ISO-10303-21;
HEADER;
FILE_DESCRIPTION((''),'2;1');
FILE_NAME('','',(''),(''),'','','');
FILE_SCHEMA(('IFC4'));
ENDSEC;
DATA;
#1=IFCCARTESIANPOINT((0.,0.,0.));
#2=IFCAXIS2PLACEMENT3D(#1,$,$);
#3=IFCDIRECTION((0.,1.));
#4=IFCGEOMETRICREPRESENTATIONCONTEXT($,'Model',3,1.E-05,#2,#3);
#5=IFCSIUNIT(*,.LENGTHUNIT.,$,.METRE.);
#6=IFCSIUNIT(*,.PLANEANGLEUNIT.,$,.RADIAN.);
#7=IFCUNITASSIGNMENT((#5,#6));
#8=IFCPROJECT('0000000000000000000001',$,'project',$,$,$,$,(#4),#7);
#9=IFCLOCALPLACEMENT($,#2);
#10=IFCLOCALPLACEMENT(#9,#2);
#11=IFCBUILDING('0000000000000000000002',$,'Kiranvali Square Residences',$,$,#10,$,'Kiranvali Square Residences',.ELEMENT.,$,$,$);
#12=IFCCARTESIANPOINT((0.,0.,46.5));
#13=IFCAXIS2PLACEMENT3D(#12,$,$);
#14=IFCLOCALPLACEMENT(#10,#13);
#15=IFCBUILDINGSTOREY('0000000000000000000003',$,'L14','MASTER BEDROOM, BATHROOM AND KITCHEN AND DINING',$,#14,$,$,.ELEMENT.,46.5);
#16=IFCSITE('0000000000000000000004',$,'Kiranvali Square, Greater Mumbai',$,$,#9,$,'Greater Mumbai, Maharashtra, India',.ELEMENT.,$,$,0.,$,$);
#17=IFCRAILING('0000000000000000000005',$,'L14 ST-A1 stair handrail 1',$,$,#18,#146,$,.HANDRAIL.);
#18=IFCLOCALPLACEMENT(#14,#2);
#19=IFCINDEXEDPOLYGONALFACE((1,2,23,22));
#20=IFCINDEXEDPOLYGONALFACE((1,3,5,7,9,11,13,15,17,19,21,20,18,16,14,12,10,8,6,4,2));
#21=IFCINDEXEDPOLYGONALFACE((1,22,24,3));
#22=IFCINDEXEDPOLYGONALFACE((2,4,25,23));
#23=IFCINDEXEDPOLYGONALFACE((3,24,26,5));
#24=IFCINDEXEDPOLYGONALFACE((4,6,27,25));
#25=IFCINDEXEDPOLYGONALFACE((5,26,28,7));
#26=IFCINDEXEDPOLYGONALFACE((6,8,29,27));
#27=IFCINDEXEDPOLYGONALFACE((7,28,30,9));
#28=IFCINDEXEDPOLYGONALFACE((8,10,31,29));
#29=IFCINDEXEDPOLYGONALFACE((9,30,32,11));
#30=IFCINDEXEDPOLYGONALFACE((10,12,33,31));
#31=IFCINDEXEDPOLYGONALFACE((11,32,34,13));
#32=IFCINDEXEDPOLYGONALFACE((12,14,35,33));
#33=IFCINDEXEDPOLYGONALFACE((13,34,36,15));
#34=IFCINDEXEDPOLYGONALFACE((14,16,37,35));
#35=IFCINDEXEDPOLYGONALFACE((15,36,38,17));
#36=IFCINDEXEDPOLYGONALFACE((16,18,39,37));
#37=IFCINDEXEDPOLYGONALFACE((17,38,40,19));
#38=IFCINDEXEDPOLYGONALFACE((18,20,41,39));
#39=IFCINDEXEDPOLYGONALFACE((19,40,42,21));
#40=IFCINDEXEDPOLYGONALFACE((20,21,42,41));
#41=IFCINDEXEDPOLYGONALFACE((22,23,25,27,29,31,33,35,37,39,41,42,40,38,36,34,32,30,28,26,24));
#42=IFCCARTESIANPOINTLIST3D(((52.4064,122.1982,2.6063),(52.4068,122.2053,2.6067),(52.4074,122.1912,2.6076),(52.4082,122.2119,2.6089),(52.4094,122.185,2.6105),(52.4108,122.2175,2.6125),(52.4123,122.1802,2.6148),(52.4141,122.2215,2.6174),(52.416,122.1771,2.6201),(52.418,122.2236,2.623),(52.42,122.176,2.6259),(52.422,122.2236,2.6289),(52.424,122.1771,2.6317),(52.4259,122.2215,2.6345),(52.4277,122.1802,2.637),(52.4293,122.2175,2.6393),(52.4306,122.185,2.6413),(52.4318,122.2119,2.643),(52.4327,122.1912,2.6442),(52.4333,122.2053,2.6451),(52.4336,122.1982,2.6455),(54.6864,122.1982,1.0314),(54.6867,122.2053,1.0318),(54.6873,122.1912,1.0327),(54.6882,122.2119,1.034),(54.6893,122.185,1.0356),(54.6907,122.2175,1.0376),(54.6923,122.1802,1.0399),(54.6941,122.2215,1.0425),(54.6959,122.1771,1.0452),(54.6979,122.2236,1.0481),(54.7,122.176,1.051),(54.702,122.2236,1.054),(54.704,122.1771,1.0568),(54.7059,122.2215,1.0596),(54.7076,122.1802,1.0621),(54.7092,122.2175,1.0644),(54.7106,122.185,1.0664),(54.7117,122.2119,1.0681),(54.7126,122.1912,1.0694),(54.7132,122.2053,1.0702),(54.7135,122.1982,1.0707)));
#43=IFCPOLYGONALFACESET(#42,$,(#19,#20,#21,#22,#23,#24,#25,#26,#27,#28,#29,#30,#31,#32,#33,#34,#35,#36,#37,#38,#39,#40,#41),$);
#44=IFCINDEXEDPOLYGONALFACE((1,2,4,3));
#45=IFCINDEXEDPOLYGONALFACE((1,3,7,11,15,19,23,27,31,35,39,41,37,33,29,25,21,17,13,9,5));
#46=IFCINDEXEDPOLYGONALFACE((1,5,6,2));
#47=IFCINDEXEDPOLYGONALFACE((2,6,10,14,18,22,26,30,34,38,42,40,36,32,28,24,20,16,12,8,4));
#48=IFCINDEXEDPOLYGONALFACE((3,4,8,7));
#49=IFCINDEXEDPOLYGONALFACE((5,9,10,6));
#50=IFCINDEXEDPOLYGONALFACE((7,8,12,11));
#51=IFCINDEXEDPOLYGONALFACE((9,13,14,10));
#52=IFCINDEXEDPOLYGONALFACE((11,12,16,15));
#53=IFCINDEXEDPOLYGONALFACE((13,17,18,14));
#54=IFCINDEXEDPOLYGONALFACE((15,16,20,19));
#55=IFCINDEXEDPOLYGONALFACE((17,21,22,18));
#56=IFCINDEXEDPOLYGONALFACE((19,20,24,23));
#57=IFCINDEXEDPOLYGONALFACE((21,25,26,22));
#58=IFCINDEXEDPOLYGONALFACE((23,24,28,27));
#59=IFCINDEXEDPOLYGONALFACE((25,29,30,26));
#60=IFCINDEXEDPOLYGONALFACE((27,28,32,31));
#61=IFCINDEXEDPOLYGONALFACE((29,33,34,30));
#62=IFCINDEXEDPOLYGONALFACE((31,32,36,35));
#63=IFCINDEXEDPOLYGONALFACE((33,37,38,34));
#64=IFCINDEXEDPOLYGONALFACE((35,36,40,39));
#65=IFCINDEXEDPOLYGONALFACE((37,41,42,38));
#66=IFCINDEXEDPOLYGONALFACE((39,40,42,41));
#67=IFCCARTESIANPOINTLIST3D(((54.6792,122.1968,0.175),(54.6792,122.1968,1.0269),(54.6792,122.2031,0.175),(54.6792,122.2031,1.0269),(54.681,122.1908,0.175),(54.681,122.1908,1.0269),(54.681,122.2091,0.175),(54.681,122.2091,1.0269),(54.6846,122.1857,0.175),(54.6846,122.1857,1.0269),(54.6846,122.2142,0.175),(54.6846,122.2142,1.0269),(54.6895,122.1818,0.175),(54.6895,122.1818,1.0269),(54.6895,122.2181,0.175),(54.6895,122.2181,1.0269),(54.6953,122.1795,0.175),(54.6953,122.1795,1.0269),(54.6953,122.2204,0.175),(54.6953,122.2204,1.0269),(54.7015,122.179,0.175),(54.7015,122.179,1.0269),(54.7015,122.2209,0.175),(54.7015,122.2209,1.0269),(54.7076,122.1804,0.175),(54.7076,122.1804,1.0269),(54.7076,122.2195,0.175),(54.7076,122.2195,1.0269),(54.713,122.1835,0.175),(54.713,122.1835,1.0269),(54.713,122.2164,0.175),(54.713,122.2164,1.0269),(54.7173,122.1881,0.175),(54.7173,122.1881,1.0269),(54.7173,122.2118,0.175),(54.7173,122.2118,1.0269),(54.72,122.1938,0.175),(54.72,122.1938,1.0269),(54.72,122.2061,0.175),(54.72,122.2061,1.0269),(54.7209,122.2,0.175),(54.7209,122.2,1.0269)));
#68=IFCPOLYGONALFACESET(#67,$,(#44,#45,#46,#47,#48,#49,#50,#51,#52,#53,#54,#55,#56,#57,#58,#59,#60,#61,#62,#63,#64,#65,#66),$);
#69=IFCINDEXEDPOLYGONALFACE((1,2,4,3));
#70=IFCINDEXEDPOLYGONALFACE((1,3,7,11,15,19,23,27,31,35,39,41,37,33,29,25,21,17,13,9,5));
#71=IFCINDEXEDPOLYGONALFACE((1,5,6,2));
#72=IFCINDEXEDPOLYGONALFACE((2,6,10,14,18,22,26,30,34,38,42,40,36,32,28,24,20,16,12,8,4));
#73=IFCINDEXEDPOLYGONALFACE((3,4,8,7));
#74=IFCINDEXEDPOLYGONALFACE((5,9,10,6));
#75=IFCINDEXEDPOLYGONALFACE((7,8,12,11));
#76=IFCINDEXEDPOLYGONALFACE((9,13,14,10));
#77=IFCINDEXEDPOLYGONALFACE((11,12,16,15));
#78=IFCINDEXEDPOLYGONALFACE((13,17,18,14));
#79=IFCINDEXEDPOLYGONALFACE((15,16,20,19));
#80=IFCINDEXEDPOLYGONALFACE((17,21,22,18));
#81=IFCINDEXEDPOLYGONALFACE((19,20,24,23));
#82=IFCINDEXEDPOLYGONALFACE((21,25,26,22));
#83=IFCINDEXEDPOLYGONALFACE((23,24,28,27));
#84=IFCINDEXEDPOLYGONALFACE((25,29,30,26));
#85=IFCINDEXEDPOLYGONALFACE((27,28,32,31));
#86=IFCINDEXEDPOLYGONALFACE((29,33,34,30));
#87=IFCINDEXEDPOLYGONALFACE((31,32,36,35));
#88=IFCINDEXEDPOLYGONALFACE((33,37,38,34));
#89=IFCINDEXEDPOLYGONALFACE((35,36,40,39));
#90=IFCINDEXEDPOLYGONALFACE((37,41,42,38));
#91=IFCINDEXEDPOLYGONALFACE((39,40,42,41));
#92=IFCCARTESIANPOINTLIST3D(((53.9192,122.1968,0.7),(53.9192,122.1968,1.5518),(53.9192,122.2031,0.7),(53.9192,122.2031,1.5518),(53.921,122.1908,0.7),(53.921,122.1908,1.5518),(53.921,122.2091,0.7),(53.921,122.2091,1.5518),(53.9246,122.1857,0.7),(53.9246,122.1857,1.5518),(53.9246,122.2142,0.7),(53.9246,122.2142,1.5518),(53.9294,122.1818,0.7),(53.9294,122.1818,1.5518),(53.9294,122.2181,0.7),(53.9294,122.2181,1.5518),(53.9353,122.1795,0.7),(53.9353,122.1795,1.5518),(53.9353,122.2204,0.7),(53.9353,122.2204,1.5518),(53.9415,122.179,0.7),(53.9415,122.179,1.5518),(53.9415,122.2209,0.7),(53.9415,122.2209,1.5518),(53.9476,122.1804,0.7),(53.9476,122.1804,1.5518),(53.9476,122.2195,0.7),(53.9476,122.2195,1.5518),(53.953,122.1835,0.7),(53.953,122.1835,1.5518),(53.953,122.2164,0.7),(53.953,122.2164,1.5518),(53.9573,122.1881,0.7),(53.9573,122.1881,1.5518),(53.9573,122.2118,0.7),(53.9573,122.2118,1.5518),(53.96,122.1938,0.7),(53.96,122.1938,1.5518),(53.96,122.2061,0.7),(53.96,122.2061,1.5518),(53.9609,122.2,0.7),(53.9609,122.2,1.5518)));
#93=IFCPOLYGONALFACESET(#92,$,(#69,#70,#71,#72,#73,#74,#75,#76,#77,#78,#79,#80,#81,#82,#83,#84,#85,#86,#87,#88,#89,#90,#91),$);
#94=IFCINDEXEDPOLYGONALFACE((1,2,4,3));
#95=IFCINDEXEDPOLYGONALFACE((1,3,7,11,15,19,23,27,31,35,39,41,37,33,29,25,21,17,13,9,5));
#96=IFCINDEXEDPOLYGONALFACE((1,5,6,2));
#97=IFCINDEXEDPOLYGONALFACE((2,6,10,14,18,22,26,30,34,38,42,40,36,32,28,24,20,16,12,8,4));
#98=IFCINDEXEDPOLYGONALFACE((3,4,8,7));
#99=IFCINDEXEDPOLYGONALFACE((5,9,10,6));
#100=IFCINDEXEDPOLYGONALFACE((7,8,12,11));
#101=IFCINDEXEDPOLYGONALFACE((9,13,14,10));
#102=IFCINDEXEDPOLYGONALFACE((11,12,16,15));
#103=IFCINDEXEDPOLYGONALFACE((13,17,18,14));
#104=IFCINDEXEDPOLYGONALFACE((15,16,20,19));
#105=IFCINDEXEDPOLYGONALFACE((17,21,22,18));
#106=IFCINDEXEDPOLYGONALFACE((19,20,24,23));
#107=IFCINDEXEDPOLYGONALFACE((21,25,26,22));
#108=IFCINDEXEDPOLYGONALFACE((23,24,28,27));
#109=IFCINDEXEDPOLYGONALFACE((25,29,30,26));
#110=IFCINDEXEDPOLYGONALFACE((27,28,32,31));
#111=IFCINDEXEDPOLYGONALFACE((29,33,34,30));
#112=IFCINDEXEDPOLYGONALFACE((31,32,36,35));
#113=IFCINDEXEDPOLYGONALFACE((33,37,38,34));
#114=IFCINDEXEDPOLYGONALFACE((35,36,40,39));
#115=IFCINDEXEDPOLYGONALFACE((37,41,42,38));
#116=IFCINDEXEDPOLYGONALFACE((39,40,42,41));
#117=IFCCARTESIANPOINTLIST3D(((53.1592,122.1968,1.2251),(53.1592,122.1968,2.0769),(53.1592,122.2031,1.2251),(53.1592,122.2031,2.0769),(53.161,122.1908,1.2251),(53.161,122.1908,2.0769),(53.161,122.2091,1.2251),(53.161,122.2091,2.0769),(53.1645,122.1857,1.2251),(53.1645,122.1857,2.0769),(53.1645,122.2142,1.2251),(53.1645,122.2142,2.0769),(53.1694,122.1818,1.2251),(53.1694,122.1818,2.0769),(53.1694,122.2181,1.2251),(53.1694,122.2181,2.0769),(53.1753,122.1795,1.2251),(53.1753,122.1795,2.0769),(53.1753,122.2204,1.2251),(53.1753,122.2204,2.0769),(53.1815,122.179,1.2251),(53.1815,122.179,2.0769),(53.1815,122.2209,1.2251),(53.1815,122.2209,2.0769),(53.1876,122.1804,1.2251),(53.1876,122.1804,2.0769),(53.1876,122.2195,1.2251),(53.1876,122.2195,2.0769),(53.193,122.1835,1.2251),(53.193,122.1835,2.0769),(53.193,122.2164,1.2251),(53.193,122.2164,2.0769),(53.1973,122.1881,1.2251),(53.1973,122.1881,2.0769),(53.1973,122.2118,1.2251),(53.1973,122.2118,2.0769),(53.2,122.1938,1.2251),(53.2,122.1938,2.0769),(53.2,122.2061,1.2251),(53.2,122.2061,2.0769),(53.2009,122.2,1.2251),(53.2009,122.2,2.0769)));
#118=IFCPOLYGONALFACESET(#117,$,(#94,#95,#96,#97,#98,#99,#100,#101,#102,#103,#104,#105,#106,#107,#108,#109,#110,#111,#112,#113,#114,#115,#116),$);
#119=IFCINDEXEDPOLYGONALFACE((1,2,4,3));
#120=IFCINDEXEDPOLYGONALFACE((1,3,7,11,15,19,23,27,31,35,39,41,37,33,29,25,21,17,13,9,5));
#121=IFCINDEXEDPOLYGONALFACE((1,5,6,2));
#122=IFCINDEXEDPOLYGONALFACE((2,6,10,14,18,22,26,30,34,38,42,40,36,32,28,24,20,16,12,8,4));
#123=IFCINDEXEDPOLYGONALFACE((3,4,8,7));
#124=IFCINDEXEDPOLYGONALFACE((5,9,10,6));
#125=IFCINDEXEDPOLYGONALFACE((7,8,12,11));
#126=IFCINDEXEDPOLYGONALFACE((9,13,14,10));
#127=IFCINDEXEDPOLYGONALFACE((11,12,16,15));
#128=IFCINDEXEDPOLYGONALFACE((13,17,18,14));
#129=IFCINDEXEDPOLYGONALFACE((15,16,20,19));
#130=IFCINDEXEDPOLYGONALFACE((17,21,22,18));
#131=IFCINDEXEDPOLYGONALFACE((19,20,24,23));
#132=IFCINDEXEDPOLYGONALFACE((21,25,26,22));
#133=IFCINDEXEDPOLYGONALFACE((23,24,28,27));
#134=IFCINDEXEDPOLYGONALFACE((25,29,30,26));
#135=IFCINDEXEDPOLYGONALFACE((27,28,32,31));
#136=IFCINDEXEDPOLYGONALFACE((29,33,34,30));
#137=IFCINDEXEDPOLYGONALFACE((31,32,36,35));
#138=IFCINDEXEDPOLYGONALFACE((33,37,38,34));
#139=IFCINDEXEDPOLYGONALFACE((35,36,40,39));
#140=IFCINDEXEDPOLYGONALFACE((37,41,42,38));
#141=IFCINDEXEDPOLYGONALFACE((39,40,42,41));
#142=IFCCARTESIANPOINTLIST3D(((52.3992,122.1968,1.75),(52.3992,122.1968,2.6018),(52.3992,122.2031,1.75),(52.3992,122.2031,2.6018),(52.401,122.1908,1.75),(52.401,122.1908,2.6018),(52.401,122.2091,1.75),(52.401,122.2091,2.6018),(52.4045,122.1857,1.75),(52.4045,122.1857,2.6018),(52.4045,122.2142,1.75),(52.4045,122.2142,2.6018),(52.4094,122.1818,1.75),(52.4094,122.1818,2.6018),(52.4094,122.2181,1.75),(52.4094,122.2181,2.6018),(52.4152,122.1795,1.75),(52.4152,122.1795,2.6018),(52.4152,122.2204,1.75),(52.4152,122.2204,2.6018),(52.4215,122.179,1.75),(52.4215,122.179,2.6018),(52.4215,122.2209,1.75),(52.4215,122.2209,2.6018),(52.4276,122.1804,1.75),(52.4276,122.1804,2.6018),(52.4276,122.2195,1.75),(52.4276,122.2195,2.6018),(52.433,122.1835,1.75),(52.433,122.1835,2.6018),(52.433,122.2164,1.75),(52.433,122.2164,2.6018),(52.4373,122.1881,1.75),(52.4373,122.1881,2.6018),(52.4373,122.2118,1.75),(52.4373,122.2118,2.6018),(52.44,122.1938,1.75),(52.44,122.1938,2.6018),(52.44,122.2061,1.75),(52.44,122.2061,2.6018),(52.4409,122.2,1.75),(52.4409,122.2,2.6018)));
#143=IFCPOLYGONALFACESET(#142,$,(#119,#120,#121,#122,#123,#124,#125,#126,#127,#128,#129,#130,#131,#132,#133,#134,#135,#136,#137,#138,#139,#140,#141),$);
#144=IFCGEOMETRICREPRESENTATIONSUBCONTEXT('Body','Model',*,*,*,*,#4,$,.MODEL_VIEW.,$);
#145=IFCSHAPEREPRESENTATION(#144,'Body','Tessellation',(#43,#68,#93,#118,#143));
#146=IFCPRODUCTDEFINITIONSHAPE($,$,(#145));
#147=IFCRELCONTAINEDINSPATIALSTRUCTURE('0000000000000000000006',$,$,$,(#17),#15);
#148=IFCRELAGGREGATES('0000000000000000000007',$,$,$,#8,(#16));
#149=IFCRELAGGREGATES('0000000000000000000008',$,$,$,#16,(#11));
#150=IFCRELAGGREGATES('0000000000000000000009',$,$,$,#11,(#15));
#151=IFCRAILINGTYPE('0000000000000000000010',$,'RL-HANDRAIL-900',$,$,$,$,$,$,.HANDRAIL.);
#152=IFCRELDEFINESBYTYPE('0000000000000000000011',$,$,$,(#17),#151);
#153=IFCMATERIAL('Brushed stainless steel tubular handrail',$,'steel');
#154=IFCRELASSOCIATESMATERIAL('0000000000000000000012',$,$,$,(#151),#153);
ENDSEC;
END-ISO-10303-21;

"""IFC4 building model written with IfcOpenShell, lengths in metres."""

from ifc_helpers import new_model, si_unit, direction, frame, origin, origin_2d, place, context, subcontext, project, spatial, circle, extrude, material, type_object, element, save


model = new_model("IFC4")

# Units and contexts
model_context = context("Model", 3, precision=1e-05, world=origin(), true_north=direction((0.0, 1.0)))
body_context = subcontext(model_context, "Body", "Model", "MODEL_VIEW")
ifc_project = project(units=[si_unit("LENGTHUNIT", "METRE"), si_unit("PLANEANGLEUNIT", "RADIAN")], contexts=[model_context])

# Site, building, storey
site_placement = place(None, origin())
site = spatial("IfcSite", under=ifc_project, at=site_placement, Name="Kiranvali Square, Greater Mumbai", LongName="Greater Mumbai, Maharashtra, India", CompositionType="ELEMENT", RefElevation=0.0)
building_placement = place(site_placement, origin())
building = spatial("IfcBuilding", under=site, at=building_placement, Name="Kiranvali Square Residences", LongName="Kiranvali Square Residences", CompositionType="ELEMENT")
storey_placement = place(building_placement, frame((0.0, 0.0, 46.5)))
storey = spatial("IfcBuildingStorey", under=building, at=storey_placement, Name="L14", Description="MASTER BEDROOM, BATHROOM AND KITCHEN AND DINING", CompositionType="ELEMENT", Elevation=46.5)

# Railing
ifc_material_1 = material(Name="Brushed stainless steel tubular handrail", Category="steel")
railing_type_1 = type_object("IfcRailingType", Name="RL-HANDRAIL-900", PredefinedType="HANDRAIL", material=ifc_material_1)
railing_1_placement = place(storey_placement, frame((54.7, 122.2, 0.175)))
element("IfcRailing", 1, at=railing_1_placement, inside=storey, type_object=railing_type_1, Name="L14 ST-A1 stair handrail 1", PredefinedType="HANDRAIL", context=body_context, shape_type="SweptSolid", body=[
    extrude(circle(Radius=0.0239, at=origin_2d()), frame((0.0, 0.0, 0.876), z_axis=(-0.822788, 0.0, 0.568348), x_axis=(0.0, -1.0, 0.0)), (0.0, 0.0, 1.0), 2.771),
    extrude(circle(Radius=0.021, at=origin_2d()), origin(), (0.0, 0.0, 1.0), 0.8518),
    extrude(circle(Radius=0.021, at=origin_2d()), frame((-0.76, 0.0, 0.5249)), (0.0, 0.0, 1.0), 0.8518),
    extrude(circle(Radius=0.021, at=origin_2d()), frame((-1.52, 0.0, 1.05)), (0.0, 0.0, 1.0), 0.8518),
    extrude(circle(Radius=0.021, at=origin_2d()), frame((-2.28, 0.0, 1.575)), (0.0, 0.0, 1.0), 0.8518),
])

save(model, "model.ifc")
